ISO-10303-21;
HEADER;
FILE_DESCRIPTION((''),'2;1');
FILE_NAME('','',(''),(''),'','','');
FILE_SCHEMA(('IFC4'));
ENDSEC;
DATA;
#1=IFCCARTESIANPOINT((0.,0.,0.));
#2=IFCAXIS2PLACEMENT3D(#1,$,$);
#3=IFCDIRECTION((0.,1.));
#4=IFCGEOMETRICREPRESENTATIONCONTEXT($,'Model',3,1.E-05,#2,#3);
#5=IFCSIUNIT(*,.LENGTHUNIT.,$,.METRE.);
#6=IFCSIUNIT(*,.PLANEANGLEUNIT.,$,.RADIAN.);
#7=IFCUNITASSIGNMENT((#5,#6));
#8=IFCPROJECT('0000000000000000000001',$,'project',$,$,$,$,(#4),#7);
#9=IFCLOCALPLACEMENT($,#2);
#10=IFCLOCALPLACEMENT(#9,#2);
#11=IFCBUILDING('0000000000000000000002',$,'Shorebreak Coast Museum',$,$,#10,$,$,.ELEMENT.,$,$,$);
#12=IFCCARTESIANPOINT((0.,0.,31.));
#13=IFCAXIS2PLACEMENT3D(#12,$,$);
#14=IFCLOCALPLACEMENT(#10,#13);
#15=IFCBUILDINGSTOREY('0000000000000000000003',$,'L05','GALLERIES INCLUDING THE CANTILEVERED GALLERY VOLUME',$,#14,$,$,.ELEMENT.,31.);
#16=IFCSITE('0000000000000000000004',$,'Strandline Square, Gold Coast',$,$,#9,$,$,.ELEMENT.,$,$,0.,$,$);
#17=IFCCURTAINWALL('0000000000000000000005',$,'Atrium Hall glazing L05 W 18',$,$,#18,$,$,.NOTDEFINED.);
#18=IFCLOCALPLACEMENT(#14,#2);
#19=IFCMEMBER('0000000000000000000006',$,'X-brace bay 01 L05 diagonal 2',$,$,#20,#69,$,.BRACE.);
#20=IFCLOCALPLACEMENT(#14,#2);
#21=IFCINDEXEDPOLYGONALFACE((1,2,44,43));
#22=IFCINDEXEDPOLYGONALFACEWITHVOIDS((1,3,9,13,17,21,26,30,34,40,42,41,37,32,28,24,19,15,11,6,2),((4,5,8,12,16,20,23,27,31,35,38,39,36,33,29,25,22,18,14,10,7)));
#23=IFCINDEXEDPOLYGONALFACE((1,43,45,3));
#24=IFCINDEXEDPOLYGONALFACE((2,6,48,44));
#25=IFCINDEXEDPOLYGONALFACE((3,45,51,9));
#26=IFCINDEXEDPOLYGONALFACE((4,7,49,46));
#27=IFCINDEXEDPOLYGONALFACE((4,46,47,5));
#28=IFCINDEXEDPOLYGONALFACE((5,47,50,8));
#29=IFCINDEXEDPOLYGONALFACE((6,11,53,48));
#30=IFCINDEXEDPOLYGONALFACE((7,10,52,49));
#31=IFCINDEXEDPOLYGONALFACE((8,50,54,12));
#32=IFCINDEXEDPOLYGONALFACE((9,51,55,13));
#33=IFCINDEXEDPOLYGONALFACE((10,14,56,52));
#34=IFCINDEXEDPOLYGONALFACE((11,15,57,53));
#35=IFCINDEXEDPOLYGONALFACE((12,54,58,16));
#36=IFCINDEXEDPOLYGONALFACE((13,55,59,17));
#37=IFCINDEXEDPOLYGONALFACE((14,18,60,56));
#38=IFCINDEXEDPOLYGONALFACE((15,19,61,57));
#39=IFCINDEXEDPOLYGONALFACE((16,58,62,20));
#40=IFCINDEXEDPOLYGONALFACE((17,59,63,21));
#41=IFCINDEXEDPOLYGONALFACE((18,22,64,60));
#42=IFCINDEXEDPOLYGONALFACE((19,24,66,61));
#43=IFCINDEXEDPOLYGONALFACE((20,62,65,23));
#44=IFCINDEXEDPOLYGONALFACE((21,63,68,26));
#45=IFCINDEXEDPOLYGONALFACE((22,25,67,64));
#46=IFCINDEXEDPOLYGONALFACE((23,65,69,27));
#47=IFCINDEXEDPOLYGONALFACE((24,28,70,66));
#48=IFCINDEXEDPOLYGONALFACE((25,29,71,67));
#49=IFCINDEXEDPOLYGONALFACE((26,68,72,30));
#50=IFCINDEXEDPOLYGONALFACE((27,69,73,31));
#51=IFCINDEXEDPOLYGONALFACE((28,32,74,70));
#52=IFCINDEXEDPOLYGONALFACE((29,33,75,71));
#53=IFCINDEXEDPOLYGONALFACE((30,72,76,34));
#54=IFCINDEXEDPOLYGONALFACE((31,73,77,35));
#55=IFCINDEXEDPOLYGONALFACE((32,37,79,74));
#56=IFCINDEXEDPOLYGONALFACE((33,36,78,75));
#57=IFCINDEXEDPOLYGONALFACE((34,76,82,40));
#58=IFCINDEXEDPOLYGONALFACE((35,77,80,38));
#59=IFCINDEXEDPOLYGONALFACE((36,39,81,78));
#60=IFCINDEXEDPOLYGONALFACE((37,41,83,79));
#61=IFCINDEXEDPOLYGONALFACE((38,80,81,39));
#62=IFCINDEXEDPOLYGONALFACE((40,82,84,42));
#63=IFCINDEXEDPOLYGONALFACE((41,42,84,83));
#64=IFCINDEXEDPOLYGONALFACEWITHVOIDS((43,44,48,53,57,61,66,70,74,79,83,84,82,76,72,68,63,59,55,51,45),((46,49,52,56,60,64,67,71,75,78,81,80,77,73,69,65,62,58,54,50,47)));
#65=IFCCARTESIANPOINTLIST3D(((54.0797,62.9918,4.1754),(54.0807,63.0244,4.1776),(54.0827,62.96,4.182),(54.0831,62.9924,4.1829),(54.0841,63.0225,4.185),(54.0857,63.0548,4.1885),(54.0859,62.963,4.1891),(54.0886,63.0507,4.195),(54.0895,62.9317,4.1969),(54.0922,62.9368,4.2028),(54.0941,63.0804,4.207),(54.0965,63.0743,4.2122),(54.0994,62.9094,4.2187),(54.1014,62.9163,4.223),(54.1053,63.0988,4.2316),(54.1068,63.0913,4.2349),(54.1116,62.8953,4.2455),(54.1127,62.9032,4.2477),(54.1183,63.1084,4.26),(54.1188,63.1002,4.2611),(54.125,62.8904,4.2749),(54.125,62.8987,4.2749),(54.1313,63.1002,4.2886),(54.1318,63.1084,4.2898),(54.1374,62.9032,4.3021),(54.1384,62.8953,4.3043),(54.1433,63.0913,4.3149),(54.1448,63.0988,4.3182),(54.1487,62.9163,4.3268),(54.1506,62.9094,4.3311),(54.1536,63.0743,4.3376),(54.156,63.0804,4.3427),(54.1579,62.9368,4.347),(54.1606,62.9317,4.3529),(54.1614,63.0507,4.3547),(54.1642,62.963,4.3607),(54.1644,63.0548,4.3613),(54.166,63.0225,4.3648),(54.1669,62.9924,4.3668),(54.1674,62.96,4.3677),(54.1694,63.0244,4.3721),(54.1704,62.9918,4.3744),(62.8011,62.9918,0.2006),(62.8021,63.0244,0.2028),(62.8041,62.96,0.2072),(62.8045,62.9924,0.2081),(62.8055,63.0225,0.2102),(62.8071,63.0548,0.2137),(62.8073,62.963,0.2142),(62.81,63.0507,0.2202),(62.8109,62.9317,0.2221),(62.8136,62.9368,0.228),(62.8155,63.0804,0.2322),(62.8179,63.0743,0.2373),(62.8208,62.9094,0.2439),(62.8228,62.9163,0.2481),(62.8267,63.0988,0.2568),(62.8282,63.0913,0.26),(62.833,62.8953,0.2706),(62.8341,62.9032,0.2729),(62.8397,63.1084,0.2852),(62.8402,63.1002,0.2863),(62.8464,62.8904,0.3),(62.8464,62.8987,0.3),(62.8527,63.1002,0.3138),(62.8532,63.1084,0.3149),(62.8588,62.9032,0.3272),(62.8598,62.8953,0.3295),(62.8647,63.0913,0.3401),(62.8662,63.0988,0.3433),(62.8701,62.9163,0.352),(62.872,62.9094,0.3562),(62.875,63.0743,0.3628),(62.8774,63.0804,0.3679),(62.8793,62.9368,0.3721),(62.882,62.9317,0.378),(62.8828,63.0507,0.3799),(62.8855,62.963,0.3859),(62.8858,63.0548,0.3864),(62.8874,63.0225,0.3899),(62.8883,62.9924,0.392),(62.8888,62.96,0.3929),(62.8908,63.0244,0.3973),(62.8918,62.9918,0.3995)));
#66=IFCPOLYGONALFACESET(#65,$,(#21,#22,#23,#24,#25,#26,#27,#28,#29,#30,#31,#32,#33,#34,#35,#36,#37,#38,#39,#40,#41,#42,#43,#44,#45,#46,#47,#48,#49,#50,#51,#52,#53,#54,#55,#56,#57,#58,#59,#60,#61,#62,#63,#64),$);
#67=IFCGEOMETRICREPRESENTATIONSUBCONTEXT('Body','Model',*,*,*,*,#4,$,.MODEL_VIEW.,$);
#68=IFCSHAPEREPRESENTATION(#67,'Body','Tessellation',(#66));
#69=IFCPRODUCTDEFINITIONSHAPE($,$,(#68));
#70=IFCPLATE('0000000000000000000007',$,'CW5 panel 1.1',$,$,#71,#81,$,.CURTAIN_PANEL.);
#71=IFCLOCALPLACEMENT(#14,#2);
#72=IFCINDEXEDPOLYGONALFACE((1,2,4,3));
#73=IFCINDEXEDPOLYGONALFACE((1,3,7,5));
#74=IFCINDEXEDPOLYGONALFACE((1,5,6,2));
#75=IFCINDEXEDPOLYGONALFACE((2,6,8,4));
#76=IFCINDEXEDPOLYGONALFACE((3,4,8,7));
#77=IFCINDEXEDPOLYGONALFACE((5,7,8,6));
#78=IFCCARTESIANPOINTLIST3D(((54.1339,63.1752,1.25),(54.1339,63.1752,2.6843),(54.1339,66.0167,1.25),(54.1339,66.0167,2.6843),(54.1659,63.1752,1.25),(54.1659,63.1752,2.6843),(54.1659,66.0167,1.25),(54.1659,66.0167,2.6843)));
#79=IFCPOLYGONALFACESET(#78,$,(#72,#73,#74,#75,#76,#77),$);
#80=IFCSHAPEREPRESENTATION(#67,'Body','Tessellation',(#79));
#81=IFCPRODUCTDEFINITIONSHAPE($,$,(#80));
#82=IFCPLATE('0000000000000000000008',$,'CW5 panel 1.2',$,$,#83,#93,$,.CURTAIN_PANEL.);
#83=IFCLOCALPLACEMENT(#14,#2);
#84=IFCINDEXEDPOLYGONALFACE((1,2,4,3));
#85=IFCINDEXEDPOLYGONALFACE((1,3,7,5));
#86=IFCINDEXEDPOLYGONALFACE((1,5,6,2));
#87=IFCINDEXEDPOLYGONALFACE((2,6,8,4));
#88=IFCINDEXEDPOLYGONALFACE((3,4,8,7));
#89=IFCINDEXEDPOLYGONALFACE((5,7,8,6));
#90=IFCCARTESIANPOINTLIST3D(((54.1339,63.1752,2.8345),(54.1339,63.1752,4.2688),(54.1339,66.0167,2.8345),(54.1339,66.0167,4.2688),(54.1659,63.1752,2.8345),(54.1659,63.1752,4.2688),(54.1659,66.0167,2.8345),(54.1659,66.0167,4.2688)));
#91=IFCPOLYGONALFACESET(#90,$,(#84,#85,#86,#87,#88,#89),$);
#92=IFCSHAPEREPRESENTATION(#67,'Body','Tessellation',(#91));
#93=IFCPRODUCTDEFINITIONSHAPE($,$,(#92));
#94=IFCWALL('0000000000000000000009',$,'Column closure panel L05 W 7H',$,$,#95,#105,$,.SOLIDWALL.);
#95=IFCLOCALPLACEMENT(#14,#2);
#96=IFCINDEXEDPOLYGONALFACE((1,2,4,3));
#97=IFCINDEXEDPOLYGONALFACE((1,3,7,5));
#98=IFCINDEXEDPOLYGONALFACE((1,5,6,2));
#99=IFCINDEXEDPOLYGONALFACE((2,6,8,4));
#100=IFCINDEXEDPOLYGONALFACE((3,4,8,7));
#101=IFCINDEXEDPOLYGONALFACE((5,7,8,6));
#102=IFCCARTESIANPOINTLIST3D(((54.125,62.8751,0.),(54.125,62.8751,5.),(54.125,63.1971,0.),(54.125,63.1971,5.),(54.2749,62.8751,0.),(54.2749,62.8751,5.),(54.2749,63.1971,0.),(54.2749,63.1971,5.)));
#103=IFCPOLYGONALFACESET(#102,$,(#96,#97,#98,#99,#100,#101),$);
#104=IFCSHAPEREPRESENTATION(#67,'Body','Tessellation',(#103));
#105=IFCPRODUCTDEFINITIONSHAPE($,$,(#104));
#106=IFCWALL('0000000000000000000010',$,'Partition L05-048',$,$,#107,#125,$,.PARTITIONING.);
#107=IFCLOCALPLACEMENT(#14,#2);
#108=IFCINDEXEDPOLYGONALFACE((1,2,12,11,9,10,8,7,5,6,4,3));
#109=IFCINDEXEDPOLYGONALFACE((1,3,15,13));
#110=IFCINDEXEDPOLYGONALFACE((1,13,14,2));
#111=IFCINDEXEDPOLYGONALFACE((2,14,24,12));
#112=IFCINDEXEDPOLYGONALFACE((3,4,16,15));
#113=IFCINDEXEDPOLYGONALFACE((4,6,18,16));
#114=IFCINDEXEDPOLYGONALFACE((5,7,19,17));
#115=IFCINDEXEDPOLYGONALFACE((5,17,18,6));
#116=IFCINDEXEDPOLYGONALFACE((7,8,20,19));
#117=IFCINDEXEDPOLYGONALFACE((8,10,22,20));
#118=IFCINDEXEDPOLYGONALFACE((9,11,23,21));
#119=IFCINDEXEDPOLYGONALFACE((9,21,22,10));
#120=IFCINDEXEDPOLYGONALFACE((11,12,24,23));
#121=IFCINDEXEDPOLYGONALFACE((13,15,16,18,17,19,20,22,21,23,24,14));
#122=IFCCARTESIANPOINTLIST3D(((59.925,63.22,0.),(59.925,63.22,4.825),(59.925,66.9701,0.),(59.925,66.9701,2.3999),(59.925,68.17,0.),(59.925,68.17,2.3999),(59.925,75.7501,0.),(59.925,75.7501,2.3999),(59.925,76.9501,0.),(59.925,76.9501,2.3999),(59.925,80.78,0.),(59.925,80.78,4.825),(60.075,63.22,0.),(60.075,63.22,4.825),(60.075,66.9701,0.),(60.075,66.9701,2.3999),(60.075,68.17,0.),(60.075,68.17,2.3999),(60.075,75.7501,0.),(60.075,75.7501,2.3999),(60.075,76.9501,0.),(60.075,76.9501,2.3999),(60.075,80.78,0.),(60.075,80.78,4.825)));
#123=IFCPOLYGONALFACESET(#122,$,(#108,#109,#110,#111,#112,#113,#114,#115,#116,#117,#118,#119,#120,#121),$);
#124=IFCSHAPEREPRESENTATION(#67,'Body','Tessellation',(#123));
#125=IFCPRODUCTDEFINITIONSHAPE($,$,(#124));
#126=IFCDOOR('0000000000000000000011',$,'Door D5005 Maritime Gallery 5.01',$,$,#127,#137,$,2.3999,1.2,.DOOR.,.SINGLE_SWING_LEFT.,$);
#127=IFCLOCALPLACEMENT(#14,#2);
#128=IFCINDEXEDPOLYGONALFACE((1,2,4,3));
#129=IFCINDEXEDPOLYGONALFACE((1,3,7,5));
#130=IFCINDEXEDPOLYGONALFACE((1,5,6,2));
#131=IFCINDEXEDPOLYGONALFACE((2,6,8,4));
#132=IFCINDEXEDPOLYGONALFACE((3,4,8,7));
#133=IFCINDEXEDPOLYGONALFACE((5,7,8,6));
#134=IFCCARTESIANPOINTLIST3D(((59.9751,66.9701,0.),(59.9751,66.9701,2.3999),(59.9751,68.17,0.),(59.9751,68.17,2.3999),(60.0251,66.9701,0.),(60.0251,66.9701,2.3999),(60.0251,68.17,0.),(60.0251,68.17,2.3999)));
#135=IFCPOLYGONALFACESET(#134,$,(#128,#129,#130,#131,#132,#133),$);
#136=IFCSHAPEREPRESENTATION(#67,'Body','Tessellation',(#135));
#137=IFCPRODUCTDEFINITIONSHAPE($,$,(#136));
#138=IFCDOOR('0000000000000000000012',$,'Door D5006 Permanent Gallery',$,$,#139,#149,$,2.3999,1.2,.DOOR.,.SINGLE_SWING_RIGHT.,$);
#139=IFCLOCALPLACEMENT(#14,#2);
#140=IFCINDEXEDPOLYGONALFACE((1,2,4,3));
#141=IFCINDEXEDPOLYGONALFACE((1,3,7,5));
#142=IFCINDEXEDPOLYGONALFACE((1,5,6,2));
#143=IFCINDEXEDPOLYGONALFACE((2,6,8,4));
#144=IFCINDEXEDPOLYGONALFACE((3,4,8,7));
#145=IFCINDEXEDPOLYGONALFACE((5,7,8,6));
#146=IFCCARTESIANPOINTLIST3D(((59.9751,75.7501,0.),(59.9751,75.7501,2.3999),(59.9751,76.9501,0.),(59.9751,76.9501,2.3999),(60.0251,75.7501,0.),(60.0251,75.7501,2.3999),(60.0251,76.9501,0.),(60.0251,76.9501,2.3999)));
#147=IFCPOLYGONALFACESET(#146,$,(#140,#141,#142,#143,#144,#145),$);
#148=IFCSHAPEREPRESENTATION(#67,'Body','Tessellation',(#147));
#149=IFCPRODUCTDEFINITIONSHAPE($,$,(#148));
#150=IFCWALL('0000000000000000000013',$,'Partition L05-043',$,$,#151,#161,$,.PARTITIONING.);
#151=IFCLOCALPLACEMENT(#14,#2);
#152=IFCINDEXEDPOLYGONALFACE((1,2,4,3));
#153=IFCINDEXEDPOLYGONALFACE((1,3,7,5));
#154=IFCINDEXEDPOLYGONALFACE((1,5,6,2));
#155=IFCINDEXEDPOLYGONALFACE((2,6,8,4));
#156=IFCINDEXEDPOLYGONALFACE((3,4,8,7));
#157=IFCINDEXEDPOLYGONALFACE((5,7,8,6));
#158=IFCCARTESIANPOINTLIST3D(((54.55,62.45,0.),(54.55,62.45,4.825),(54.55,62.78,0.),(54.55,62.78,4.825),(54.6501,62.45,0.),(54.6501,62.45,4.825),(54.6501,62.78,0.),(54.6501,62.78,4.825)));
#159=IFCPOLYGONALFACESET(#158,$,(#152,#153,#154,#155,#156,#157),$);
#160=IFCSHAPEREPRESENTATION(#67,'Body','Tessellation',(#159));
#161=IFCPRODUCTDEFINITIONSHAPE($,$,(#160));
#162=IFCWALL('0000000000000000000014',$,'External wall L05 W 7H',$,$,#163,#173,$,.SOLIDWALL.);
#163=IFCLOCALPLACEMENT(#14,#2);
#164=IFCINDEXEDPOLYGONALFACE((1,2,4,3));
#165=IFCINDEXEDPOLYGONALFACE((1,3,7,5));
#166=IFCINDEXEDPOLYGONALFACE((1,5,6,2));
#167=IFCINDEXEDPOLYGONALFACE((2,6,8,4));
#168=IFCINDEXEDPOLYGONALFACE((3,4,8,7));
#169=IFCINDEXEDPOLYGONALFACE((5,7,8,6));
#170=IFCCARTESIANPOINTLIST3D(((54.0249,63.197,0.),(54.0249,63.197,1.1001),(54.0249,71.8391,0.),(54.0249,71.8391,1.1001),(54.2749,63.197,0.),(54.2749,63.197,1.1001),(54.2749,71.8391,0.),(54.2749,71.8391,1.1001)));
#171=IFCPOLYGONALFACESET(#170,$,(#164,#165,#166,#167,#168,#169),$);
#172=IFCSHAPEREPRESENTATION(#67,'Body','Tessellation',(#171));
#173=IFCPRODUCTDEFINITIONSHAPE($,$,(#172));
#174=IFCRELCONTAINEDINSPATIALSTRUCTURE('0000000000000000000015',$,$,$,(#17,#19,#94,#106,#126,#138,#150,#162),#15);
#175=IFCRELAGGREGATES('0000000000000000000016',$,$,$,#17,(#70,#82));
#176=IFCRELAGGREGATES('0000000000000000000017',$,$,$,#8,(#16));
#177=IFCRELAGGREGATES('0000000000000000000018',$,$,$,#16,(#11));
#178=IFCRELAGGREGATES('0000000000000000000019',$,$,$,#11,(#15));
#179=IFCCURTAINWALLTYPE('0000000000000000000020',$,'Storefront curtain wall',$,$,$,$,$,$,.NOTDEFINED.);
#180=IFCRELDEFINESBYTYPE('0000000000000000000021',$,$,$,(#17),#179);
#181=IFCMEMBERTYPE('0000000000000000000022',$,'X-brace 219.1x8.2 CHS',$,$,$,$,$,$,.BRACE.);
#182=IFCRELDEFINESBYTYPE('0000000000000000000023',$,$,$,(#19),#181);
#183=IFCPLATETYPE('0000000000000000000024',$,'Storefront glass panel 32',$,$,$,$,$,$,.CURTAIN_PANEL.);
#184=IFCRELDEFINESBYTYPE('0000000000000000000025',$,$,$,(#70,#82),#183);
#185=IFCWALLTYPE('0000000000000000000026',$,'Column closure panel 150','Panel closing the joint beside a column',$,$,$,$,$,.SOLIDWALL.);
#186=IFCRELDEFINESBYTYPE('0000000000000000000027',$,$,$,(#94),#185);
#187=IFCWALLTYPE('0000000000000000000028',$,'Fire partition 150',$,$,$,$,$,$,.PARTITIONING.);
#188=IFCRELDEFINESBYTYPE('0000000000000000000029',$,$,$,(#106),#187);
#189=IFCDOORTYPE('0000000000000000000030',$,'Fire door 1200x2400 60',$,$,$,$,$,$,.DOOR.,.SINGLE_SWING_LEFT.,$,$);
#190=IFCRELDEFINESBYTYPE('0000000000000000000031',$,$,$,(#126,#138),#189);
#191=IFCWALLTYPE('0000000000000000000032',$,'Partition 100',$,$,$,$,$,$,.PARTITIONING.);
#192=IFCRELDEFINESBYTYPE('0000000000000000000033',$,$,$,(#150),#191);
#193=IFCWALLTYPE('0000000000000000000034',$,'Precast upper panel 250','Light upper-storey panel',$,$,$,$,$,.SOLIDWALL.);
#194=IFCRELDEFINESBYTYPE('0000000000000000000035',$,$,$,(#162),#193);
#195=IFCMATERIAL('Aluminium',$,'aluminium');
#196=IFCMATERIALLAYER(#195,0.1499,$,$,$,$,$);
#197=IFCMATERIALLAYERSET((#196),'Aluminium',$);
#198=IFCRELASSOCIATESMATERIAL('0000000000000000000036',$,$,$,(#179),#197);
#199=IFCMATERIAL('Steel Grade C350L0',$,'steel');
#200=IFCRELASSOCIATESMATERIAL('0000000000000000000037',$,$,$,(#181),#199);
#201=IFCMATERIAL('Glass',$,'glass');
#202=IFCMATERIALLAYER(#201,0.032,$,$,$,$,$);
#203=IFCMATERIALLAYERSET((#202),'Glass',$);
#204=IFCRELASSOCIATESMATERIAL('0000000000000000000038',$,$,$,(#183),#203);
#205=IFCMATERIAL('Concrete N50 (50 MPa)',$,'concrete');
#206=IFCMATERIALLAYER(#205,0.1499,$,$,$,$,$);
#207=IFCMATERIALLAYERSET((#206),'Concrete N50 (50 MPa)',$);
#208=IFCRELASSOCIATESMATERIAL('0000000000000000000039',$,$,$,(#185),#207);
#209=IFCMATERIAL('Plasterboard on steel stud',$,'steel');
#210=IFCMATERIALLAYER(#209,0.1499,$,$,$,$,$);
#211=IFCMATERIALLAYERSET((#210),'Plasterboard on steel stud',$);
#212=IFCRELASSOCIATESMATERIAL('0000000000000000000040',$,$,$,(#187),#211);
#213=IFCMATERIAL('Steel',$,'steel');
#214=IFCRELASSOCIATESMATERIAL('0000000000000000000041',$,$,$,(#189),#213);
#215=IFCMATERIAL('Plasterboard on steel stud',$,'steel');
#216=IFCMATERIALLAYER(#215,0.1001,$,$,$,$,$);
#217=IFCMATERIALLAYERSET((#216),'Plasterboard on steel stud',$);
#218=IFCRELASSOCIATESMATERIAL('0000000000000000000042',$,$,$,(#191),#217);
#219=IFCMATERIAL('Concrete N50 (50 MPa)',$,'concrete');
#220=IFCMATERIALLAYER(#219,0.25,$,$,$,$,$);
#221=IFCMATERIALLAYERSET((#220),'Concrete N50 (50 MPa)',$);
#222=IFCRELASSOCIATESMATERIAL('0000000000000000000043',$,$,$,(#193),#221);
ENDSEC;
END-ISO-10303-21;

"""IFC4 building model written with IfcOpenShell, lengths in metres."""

from ifc_helpers import new_model, si_unit, direction, frame, frame_2d, origin, origin_2d, place, context, subcontext, project, spatial, rectangle, hollow_circle, extrude, material, layer, layer_set, material_profile, profile_set, type_object, element, fill, aggregate, save


model = new_model("IFC4")

# Units and contexts
model_context = context("Model", 3, precision=1e-05, world=origin(), true_north=direction((0.0, 1.0)))
body_context = subcontext(model_context, "Body", "Model", "MODEL_VIEW")
ifc_project = project(units=[si_unit("LENGTHUNIT", "METRE"), si_unit("PLANEANGLEUNIT", "RADIAN")], contexts=[model_context])

# Site, building, storey
site_placement = place(None, origin())
site = spatial("IfcSite", under=ifc_project, at=site_placement, Name="Strandline Square, Gold Coast", CompositionType="ELEMENT", RefElevation=0.0)
building_placement = place(site_placement, origin())
building = spatial("IfcBuilding", under=site, at=building_placement, Name="Shorebreak Coast Museum", CompositionType="ELEMENT")
storey_placement = place(building_placement, frame((0.0, 0.0, 31.0)))
storey = spatial("IfcBuildingStorey", under=building, at=storey_placement, Name="L05", Description="GALLERIES INCLUDING THE CANTILEVERED GALLERY VOLUME", CompositionType="ELEMENT", Elevation=31.0)

# Curtain wall
ifc_material_1 = material(Name="Aluminium", Category="aluminium")
ifc_layer_1 = layer(ifc_material_1, 0.1499)
ifc_layer_set_1 = layer_set([ifc_layer_1], Name="Aluminium")
curtain_wall_type_1 = type_object("IfcCurtainWallType", Name="Storefront curtain wall", PredefinedType="NOTDEFINED", material=ifc_layer_set_1)
curtain_wall_1_placement = place(storey_placement, origin())
curtain_wall_1 = element("IfcCurtainWall", 1, at=curtain_wall_1_placement, inside=storey, type_object=curtain_wall_type_1, Name="Atrium Hall glazing L05 W 18", PredefinedType="NOTDEFINED")

# Member
ifc_material_2 = material(Name="Steel Grade C350L0", Category="steel")
ifc_material_profile_1 = material_profile(ifc_material_2, hollow_circle(Radius=0.1096, WallThickness=0.0083, at=origin_2d()), Name="219.1x8.2 CHS")
ifc_profile_set_1 = profile_set([ifc_material_profile_1], Name="Steel Grade C350L0")
member_type_1 = type_object("IfcMemberType", Name="X-brace 219.1x8.2 CHS", PredefinedType="BRACE", material=ifc_profile_set_1)
for number, where, z_axis, x_axis, name in (
    (2, (62.8464, 63.0, 0.3), (-0.909951, 0.0, 0.414716), (0.0, -1.0, 0.0), "X-brace bay 01 L05 diagonal 2"),
):
    element("IfcMember", number, at=place(storey_placement, frame(where, z_axis=z_axis, x_axis=x_axis)), inside=storey, type_object=member_type_1, Name=name, PredefinedType="BRACE", context=body_context, shape_type="SweptSolid", body=[
        extrude(hollow_circle(Radius=0.1096, WallThickness=0.0083, at=origin_2d()), origin(), (0.0, 0.0, 1.0), 9.5845),
    ])

# Plates
ifc_material_3 = material(Name="Glass", Category="glass")
ifc_layer_2 = layer(ifc_material_3, 0.032)
ifc_layer_set_2 = layer_set([ifc_layer_2], Name="Glass")
plate_type = type_object("IfcPlateType", Name="Storefront glass panel 32", PredefinedType="CURTAIN_PANEL", material=ifc_layer_set_2)
plate_1_placement = place(storey_placement, frame((54.1499, 64.5959, 1.25), z_axis=(0.0, 0.0, 1.0), x_axis=(0.0, 1.0, 0.0)))
plate_1 = element("IfcPlate", 3, at=plate_1_placement, type_object=plate_type, Name="CW5 panel 1.1", PredefinedType="CURTAIN_PANEL", context=body_context, shape_type="SweptSolid", body=[
    extrude(rectangle(XDim=2.8416, YDim=0.032, at=origin_2d()), origin(), (0.0, 0.0, 1.0), 1.4343),
])
plate_2_placement = place(storey_placement, frame((54.1499, 64.5959, 2.8345), z_axis=(0.0, 0.0, 1.0), x_axis=(0.0, 1.0, 0.0)))
plate_2 = element("IfcPlate", 4, at=plate_2_placement, type_object=plate_type, Name="CW5 panel 1.2", PredefinedType="CURTAIN_PANEL", context=body_context, shape_type="SweptSolid", body=[
    extrude(rectangle(XDim=2.8416, YDim=0.032, at=origin_2d()), origin(), (0.0, 0.0, 1.0), 1.4343),
])
aggregate(curtain_wall_1, [plate_1, plate_2])

# Wall
ifc_material_4 = material(Name="Concrete N50 (50 MPa)", Category="concrete")
ifc_layer_3 = layer(ifc_material_4, 0.1499)
ifc_layer_set_3 = layer_set([ifc_layer_3], Name="Concrete N50 (50 MPa)")
wall_type_1 = type_object("IfcWallType", Name="Column closure panel 150", Description="Panel closing the joint beside a column", PredefinedType="SOLIDWALL", material=ifc_layer_set_3)
wall_1_placement = place(storey_placement, frame((54.2, 62.875, 0.0), z_axis=(0.0, 0.0, 1.0), x_axis=(0.0, 1.0, 0.0)))
element("IfcWall", 5, at=wall_1_placement, inside=storey, type_object=wall_type_1, Name="Column closure panel L05 W 7H", PredefinedType="SOLIDWALL", context=body_context, shape_type="SweptSolid", body=[
    extrude(rectangle(XDim=0.322, YDim=0.1499, at=frame_2d((0.1611, 0.0))), origin(), (0.0, 0.0, 1.0), 5.0),
])

# Wall, openings, doors
ifc_material_5 = material(Name="Plasterboard on steel stud", Category="steel")
ifc_layer_4 = layer(ifc_material_5, 0.1499)
ifc_layer_set_4 = layer_set([ifc_layer_4], Name="Plasterboard on steel stud")
wall_type_2 = type_object("IfcWallType", Name="Fire partition 150", PredefinedType="PARTITIONING", material=ifc_layer_set_4)
wall_2_placement = place(storey_placement, frame((60.0, 63.22, 0.0), z_axis=(0.0, 0.0, 1.0), x_axis=(0.0, 1.0, 0.0)))
wall_2 = element("IfcWall", 6, at=wall_2_placement, inside=storey, type_object=wall_type_2, Name="Partition L05-048", PredefinedType="PARTITIONING", context=body_context, shape_type="SweptSolid", body=[
    extrude(rectangle(XDim=17.5601, YDim=0.1499, at=frame_2d((8.78, 0.0))), origin(), (0.0, 0.0, 1.0), 4.825),
])
opening_1_placement = place(wall_2_placement, frame((3.75, 0.0, 0.0)))
opening_1 = element("IfcOpeningElement", 7, at=opening_1_placement, cuts=wall_2, PredefinedType="OPENING", context=body_context, shape_type="SweptSolid", body=[
    extrude(rectangle(XDim=1.2, YDim=2.3999, at=frame_2d((0.6001, 1.2))), frame((0.0, 0.085, 0.0), z_axis=(0.0, -1.0, 0.0), x_axis=(1.0, 0.0, 0.0)), (0.0, 0.0, 1.0), 0.1699),
])
opening_2_placement = place(wall_2_placement, frame((12.53, 0.0, 0.0)))
opening_2 = element("IfcOpeningElement", 8, at=opening_2_placement, cuts=wall_2, PredefinedType="OPENING", context=body_context, shape_type="SweptSolid", body=[
    extrude(rectangle(XDim=1.2, YDim=2.3999, at=frame_2d((0.6001, 1.2))), frame((0.0, 0.085, 0.0), z_axis=(0.0, -1.0, 0.0), x_axis=(1.0, 0.0, 0.0)), (0.0, 0.0, 1.0), 0.1699),
])
ifc_material_6 = material(Name="Steel", Category="steel")
door_type = type_object("IfcDoorType", Name="Fire door 1200x2400 60", OperationType="SINGLE_SWING_LEFT", PredefinedType="DOOR", material=ifc_material_6)
door_1_placement = place(opening_1_placement, origin())
door_1 = element("IfcDoor", 9, at=door_1_placement, inside=storey, type_object=door_type, Name="Door D5005 Maritime Gallery 5.01", OperationType="SINGLE_SWING_LEFT", OverallHeight=2.3999, OverallWidth=1.2, PredefinedType="DOOR", context=body_context, shape_type="SweptSolid", body=[
    extrude(rectangle(XDim=1.2, YDim=2.3999, at=frame_2d((0.6001, 1.2))), frame((0.0, 0.0249, 0.0), z_axis=(0.0, -1.0, 0.0), x_axis=(1.0, 0.0, 0.0)), (0.0, 0.0, 1.0), 0.05),
])
fill(opening_1, door_1)
door_2_placement = place(opening_2_placement, origin())
door_2 = element("IfcDoor", 10, at=door_2_placement, inside=storey, type_object=door_type, Name="Door D5006 Permanent Gallery", OperationType="SINGLE_SWING_RIGHT", OverallHeight=2.3999, OverallWidth=1.2, PredefinedType="DOOR", context=body_context, shape_type="SweptSolid", body=[
    extrude(rectangle(XDim=1.2, YDim=2.3999, at=frame_2d((0.6001, 1.2))), frame((0.0, 0.0249, 0.0), z_axis=(0.0, -1.0, 0.0), x_axis=(1.0, 0.0, 0.0)), (0.0, 0.0, 1.0), 0.05),
])
fill(opening_2, door_2)

# Walls
ifc_material_7 = material(Name="Plasterboard on steel stud", Category="steel")
ifc_layer_5 = layer(ifc_material_7, 0.1001)
ifc_layer_set_5 = layer_set([ifc_layer_5], Name="Plasterboard on steel stud")
wall_type_3 = type_object("IfcWallType", Name="Partition 100", PredefinedType="PARTITIONING", material=ifc_layer_set_5)
wall_3_placement = place(storey_placement, frame((54.6001, 62.45, 0.0), z_axis=(0.0, 0.0, 1.0), x_axis=(0.0, 1.0, 0.0)))
element("IfcWall", 11, at=wall_3_placement, inside=storey, type_object=wall_type_3, Name="Partition L05-043", PredefinedType="PARTITIONING", context=body_context, shape_type="SweptSolid", body=[
    extrude(rectangle(XDim=0.3301, YDim=0.1001, at=frame_2d((0.165, 0.0))), origin(), (0.0, 0.0, 1.0), 4.825),
])
ifc_material_8 = material(Name="Concrete N50 (50 MPa)", Category="concrete")
ifc_layer_6 = layer(ifc_material_8, 0.25)
ifc_layer_set_6 = layer_set([ifc_layer_6], Name="Concrete N50 (50 MPa)")
wall_type_4 = type_object("IfcWallType", Name="Precast upper panel 250", Description="Light upper-storey panel", PredefinedType="SOLIDWALL", material=ifc_layer_set_6)
wall_4_placement = place(storey_placement, frame((54.1499, 63.197, 0.0), z_axis=(0.0, 0.0, 1.0), x_axis=(0.0, 1.0, 0.0)))
element("IfcWall", 12, at=wall_4_placement, inside=storey, type_object=wall_type_4, Name="External wall L05 W 7H", PredefinedType="SOLIDWALL", context=body_context, shape_type="SweptSolid", body=[
    extrude(rectangle(XDim=8.6421, YDim=0.25, at=frame_2d((4.321, 0.0))), origin(), (0.0, 0.0, 1.0), 1.1001),
])

save(model, "model.ifc")
